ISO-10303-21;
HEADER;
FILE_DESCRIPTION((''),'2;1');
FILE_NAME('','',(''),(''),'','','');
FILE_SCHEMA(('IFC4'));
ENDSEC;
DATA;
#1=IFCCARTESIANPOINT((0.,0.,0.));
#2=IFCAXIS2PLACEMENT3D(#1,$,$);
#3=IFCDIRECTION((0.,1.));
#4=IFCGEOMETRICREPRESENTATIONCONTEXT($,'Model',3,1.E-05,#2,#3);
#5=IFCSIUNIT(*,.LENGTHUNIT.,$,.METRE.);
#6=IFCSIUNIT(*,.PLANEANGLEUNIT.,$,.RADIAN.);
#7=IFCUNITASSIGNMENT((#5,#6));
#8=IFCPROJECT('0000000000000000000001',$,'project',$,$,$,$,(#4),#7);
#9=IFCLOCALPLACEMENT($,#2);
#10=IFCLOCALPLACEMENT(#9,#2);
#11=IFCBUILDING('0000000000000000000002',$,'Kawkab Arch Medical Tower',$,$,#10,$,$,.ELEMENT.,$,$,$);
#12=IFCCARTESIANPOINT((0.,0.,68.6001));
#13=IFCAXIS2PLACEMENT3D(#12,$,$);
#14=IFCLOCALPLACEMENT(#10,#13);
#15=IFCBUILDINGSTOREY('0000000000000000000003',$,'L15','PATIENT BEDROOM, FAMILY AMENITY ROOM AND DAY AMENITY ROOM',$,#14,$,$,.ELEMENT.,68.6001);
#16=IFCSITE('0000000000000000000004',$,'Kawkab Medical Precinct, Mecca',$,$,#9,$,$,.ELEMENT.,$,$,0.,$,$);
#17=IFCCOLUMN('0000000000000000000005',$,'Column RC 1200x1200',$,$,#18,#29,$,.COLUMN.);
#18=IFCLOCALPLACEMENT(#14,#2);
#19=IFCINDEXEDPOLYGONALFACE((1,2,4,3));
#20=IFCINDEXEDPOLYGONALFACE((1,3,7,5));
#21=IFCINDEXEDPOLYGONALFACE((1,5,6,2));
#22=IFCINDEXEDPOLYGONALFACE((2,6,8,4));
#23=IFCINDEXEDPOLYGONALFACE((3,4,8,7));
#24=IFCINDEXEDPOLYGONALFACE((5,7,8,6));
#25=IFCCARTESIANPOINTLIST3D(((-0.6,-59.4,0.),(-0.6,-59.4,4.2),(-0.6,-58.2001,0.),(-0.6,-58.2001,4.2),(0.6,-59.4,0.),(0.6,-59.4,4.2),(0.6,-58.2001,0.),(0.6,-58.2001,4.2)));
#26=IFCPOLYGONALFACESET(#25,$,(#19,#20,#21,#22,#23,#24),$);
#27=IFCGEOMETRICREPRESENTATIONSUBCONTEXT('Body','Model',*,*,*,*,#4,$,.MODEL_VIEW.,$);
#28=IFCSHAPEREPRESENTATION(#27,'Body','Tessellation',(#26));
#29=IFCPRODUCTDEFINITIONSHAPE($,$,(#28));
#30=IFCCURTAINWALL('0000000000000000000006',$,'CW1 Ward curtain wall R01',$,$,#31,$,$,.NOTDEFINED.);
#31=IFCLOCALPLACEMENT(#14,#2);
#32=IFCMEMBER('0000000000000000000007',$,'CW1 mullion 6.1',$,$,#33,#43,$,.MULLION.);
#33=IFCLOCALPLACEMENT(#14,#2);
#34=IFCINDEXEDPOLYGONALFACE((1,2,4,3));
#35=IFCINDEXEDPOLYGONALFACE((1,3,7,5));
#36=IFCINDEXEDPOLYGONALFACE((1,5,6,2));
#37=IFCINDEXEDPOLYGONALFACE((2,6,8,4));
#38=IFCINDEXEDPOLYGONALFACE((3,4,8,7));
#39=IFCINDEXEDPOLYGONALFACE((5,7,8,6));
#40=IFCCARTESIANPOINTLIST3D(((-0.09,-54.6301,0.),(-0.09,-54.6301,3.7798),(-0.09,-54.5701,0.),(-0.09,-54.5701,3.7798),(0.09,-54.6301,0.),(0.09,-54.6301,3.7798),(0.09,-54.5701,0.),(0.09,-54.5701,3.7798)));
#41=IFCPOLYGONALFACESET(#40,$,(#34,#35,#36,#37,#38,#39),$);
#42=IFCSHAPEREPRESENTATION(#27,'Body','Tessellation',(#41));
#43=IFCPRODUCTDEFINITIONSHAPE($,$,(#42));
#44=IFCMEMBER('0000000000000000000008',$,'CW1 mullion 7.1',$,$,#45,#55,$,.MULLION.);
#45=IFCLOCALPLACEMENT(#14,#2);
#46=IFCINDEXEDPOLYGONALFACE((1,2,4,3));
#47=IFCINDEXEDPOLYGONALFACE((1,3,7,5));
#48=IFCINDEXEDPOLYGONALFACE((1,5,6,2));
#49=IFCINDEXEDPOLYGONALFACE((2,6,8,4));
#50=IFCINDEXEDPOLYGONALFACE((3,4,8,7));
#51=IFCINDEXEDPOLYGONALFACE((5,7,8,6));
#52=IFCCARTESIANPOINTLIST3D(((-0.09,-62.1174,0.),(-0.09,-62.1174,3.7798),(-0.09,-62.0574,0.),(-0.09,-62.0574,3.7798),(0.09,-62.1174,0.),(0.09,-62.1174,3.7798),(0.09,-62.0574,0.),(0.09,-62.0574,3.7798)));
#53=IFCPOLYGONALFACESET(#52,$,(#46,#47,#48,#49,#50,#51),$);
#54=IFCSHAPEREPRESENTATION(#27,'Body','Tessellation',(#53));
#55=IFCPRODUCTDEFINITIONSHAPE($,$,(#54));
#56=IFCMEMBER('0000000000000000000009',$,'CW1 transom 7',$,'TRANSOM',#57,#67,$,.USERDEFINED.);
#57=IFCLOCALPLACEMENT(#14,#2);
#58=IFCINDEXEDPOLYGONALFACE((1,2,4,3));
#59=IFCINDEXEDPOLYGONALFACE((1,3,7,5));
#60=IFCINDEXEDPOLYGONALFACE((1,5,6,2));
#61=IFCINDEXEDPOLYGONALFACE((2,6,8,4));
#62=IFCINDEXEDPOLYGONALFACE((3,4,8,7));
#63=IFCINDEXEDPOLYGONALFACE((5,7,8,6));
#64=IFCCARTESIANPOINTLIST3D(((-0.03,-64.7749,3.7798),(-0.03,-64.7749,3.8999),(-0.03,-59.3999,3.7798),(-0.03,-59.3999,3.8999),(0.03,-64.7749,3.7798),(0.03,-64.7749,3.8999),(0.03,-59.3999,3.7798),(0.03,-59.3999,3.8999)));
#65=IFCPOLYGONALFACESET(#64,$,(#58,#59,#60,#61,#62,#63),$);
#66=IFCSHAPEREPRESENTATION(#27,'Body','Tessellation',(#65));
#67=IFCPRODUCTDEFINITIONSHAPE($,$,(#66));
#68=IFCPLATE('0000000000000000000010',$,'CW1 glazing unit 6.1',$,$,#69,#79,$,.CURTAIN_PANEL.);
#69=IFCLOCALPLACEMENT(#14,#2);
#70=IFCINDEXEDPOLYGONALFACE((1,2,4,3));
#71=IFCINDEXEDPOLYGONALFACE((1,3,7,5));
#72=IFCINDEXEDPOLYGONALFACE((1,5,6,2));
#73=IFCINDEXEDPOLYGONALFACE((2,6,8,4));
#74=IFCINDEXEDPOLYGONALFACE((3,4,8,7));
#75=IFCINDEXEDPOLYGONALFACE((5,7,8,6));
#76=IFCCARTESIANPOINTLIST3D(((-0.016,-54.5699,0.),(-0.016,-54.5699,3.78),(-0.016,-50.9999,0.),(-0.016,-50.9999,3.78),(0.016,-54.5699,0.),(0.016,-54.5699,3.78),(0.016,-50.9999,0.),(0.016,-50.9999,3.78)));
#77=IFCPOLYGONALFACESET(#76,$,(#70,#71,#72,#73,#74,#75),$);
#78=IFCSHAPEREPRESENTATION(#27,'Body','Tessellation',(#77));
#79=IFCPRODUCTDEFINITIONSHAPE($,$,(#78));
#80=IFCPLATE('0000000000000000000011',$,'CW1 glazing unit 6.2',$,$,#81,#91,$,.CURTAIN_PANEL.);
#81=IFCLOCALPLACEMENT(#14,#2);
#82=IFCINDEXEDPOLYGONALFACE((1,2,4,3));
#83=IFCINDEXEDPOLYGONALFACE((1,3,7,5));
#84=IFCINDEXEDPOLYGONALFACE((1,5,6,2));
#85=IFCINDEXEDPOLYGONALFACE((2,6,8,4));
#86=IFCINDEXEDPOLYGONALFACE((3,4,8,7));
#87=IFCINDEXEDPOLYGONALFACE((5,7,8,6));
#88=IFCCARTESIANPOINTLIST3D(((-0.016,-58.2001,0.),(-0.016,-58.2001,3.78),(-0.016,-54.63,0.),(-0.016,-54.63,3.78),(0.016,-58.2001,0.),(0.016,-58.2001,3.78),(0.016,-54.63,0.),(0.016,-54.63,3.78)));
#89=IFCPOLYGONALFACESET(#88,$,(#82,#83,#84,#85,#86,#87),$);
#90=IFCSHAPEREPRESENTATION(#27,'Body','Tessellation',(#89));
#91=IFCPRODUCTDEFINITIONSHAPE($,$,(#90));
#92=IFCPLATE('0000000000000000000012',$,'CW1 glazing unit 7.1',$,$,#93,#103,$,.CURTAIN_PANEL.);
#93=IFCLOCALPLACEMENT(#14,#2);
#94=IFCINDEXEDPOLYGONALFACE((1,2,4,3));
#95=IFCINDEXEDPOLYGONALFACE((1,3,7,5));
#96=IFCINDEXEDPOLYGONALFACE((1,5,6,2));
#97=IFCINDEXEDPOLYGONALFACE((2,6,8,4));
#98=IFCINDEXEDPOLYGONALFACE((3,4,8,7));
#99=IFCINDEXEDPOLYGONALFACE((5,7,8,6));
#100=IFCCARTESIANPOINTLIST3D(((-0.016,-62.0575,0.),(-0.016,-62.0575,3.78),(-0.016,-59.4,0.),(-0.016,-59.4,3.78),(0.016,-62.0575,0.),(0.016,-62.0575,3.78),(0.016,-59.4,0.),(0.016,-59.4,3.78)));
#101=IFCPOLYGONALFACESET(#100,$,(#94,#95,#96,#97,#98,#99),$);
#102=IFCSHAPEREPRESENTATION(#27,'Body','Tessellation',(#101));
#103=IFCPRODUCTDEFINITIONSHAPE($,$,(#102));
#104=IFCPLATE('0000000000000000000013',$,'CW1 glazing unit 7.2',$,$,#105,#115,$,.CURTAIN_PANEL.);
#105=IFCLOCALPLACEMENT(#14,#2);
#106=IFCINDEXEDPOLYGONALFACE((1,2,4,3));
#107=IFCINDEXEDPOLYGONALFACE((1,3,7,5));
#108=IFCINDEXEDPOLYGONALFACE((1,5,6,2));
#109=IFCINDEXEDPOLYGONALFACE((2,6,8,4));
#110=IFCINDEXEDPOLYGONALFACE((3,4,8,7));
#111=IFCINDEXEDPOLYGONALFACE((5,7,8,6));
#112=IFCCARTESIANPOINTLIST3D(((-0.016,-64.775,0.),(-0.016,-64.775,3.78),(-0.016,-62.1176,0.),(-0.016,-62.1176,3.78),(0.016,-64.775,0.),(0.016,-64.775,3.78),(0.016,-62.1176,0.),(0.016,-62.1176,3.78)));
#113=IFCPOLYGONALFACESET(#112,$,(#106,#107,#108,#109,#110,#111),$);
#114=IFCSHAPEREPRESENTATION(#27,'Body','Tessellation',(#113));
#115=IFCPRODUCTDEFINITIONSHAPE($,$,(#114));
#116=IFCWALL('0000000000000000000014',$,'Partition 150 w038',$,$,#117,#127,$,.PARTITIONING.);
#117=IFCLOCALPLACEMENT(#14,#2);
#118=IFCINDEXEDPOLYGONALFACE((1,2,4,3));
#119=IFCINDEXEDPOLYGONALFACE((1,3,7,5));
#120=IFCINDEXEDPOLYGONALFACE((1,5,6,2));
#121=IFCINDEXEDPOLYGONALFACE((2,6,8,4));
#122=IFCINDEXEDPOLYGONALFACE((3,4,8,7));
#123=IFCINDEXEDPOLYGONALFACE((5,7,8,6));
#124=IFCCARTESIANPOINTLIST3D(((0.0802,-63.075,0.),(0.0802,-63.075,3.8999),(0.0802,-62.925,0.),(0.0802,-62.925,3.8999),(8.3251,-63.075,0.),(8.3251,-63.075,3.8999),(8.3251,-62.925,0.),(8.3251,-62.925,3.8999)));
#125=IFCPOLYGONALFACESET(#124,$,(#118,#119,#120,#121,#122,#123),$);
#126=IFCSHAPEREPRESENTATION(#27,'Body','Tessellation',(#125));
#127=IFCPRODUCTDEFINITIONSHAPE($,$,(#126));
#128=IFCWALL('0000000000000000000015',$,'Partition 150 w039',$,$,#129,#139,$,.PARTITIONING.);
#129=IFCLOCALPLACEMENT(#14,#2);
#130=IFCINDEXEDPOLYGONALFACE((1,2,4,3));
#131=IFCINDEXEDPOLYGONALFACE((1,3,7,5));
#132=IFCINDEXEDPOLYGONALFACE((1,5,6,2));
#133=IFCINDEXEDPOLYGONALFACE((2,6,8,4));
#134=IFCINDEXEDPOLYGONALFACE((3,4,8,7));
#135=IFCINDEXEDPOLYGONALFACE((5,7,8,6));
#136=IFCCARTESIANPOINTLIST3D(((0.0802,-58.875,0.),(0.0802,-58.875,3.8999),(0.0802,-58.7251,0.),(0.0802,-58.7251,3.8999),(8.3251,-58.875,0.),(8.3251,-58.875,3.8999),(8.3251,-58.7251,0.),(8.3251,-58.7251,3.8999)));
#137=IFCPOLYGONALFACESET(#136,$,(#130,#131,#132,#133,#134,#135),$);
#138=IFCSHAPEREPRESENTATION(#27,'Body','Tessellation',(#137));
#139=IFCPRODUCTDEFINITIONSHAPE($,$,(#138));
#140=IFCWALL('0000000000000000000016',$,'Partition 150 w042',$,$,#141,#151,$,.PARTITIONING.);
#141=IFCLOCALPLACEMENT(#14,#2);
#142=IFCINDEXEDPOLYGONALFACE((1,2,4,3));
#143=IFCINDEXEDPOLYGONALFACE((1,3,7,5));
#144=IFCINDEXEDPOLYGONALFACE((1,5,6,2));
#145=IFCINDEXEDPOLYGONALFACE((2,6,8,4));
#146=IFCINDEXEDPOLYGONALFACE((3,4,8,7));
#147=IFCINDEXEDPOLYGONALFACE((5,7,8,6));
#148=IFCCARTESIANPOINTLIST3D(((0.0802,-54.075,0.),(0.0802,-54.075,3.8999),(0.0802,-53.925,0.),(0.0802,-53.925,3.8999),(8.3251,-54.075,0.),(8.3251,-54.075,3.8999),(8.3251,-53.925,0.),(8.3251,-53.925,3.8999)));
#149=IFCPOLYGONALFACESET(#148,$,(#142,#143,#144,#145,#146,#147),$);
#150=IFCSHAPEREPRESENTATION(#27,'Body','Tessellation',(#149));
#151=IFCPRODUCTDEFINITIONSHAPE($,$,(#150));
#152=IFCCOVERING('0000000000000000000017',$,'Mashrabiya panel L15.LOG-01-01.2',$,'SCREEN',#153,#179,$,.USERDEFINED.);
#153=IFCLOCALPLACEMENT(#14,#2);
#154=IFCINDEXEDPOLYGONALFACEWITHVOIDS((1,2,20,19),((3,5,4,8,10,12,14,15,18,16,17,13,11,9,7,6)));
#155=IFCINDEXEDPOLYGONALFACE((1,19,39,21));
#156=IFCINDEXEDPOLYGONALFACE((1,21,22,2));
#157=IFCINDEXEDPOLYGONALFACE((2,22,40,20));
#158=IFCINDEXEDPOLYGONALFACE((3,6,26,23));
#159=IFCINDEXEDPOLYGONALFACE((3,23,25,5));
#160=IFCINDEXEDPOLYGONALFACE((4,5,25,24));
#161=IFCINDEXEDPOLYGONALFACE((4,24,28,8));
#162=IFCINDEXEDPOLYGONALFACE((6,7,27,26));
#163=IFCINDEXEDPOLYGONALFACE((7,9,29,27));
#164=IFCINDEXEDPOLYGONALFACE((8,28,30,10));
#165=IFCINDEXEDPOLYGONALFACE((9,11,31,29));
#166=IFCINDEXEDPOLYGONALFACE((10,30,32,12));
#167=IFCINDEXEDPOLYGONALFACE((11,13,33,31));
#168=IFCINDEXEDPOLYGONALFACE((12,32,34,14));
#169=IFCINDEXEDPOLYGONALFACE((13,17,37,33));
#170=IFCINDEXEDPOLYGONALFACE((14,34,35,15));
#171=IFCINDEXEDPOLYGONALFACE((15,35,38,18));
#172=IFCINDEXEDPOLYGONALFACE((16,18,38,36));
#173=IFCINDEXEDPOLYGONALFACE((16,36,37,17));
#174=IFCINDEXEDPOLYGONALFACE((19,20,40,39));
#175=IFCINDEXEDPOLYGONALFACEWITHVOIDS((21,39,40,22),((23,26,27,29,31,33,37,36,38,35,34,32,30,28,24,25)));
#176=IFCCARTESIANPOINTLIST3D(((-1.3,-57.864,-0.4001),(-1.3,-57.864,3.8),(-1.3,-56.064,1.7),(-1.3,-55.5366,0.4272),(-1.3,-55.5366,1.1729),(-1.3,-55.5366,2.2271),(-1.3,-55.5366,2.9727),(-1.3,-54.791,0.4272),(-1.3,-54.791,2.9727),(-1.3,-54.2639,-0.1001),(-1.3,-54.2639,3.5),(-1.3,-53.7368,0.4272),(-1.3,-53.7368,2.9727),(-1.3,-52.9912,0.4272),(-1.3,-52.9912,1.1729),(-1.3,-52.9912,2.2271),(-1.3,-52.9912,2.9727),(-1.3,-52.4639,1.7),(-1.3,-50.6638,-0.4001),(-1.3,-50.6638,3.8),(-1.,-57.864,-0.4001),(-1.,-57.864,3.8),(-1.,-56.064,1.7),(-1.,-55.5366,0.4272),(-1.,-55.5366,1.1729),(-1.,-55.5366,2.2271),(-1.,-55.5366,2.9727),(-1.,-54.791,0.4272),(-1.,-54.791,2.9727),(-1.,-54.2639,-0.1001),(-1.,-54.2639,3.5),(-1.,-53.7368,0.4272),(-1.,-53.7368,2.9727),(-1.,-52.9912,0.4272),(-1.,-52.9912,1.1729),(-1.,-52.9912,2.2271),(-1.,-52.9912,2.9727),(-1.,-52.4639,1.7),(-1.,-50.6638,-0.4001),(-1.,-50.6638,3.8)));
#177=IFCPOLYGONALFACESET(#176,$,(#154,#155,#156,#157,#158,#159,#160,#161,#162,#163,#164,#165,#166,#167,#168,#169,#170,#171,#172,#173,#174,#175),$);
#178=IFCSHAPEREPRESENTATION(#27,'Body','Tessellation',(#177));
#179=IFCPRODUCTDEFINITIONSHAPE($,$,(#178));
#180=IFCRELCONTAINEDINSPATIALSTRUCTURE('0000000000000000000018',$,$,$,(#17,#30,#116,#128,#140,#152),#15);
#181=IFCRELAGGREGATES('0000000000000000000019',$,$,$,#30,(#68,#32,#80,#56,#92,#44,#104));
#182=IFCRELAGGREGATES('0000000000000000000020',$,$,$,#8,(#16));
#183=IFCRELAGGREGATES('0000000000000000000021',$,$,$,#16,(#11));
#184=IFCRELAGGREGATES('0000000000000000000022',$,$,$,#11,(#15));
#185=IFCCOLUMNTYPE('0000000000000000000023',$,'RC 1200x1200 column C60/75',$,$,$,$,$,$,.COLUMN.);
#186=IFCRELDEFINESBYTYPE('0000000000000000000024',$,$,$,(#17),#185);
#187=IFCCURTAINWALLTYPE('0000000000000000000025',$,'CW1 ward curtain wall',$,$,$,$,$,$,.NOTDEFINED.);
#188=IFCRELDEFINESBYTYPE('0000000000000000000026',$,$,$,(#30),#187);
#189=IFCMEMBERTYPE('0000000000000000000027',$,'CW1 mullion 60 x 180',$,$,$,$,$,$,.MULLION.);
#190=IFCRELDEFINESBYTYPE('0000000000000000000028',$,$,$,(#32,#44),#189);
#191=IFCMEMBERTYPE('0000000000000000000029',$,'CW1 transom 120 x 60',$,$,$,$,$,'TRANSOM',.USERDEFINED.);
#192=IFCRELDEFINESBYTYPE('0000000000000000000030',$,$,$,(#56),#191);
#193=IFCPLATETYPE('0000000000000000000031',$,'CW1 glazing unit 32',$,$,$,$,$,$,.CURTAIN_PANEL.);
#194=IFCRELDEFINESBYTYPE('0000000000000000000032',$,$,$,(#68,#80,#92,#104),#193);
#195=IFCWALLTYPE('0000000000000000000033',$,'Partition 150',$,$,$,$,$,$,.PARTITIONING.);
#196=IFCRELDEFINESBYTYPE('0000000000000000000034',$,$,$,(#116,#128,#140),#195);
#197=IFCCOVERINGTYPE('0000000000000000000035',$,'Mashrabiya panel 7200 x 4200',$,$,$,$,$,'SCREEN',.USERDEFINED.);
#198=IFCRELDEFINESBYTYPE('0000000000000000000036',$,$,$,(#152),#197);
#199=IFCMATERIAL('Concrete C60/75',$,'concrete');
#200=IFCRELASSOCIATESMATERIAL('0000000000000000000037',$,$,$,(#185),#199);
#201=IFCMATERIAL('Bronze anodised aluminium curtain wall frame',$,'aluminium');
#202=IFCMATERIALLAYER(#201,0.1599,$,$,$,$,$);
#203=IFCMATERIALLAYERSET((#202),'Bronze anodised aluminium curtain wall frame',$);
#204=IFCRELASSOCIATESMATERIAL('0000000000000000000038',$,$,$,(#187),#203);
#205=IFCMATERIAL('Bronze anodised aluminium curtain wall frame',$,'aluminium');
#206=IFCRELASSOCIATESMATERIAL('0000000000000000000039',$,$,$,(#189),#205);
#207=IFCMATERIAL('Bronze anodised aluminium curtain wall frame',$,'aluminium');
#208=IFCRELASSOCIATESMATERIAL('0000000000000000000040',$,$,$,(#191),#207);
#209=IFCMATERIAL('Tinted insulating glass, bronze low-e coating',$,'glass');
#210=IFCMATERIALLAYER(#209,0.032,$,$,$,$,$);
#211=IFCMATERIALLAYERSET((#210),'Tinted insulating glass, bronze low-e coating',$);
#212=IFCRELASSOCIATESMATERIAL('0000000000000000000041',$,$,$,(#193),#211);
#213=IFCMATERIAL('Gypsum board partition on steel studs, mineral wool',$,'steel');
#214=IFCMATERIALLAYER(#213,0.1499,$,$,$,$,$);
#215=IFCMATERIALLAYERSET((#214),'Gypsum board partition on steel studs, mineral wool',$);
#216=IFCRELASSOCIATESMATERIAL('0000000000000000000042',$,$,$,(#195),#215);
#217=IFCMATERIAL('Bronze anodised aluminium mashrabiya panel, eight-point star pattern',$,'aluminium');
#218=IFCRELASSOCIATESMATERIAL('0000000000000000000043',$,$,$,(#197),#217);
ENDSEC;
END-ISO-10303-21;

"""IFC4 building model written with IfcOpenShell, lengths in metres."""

from ifc_helpers import new_model, si_unit, direction, frame, frame_2d, origin, origin_2d, place, context, subcontext, project, spatial, polyline, rectangle, outline, extrude, material, layer, layer_set, material_profile, profile_set, type_object, element, aggregate, save


model = new_model("IFC4")

# Units and contexts
model_context = context("Model", 3, precision=1e-05, world=origin(), true_north=direction((0.0, 1.0)))
body_context = subcontext(model_context, "Body", "Model", "MODEL_VIEW")
ifc_project = project(units=[si_unit("LENGTHUNIT", "METRE"), si_unit("PLANEANGLEUNIT", "RADIAN")], contexts=[model_context])

# Site, building, storey
site_placement = place(None, origin())
site = spatial("IfcSite", under=ifc_project, at=site_placement, Name="Kawkab Medical Precinct, Mecca", CompositionType="ELEMENT", RefElevation=0.0)
building_placement = place(site_placement, origin())
building = spatial("IfcBuilding", under=site, at=building_placement, Name="Kawkab Arch Medical Tower", CompositionType="ELEMENT")
storey_placement = place(building_placement, frame((0.0, 0.0, 68.6001)))
storey = spatial("IfcBuildingStorey", under=building, at=storey_placement, Name="L15", Description="PATIENT BEDROOM, FAMILY AMENITY ROOM AND DAY AMENITY ROOM", CompositionType="ELEMENT", Elevation=68.6001)

# Column
ifc_material_1 = material(Name="Concrete C60/75", Category="concrete")
ifc_material_profile_1 = material_profile(ifc_material_1, rectangle(XDim=1.2, YDim=1.2, at=origin_2d()), Name="RC 1200x1200")
ifc_profile_set_1 = profile_set([ifc_material_profile_1], Name="Concrete C60/75")
column_type = type_object("IfcColumnType", Name="RC 1200x1200 column C60/75", PredefinedType="COLUMN", material=ifc_profile_set_1)
column_placement = place(storey_placement, frame((0.0, -58.8, 0.0), z_axis=(0.0, 0.0, 1.0), x_axis=(1.0, 0.0, 0.0)))
element("IfcColumn", 1, at=column_placement, inside=storey, type_object=column_type, Name="Column RC 1200x1200", PredefinedType="COLUMN", context=body_context, shape_type="SweptSolid", body=[
    extrude(rectangle(XDim=1.2, YDim=1.2, at=origin_2d()), origin(), (0.0, 0.0, 1.0), 4.2),
])

# Curtain wall, members, plates
ifc_material_2 = material(Name="Bronze anodised aluminium curtain wall frame", Category="aluminium")
ifc_layer_1 = layer(ifc_material_2, 0.1599)
ifc_layer_set_1 = layer_set([ifc_layer_1], Name="Bronze anodised aluminium curtain wall frame")
curtain_wall_type = type_object("IfcCurtainWallType", Name="CW1 ward curtain wall", PredefinedType="NOTDEFINED", material=ifc_layer_set_1)
curtain_wall_placement = place(storey_placement, origin())
curtain_wall = element("IfcCurtainWall", 2, at=curtain_wall_placement, inside=storey, type_object=curtain_wall_type, Name="CW1 Ward curtain wall R01", PredefinedType="NOTDEFINED")
ifc_material_3 = material(Name="Bronze anodised aluminium curtain wall frame", Category="aluminium")
ifc_material_profile_2 = material_profile(ifc_material_3, rectangle(XDim=0.1799, YDim=0.0601, at=origin_2d()), Name="AL 60x180")
ifc_profile_set_2 = profile_set([ifc_material_profile_2], Name="Bronze anodised aluminium curtain wall frame")
member_type_1 = type_object("IfcMemberType", Name="CW1 mullion 60 x 180", PredefinedType="MULLION", material=ifc_profile_set_2)
member_1_placement = place(storey_placement, frame((0.0, -54.6001, 0.0), z_axis=(0.0, 0.0, 1.0), x_axis=(1.0, 0.0, 0.0)))
member_1 = element("IfcMember", 3, at=member_1_placement, type_object=member_type_1, Name="CW1 mullion 6.1", PredefinedType="MULLION", context=body_context, shape_type="SweptSolid", body=[
    extrude(rectangle(XDim=0.1799, YDim=0.0601, at=origin_2d()), origin(), (0.0, 0.0, 1.0), 3.7798),
])
member_2_placement = place(storey_placement, frame((0.0, -62.0874, 0.0), z_axis=(0.0, 0.0, 1.0), x_axis=(1.0, 0.0, 0.0)))
member_2 = element("IfcMember", 4, at=member_2_placement, type_object=member_type_1, Name="CW1 mullion 7.1", PredefinedType="MULLION", context=body_context, shape_type="SweptSolid", body=[
    extrude(rectangle(XDim=0.1799, YDim=0.0601, at=origin_2d()), origin(), (0.0, 0.0, 1.0), 3.7798),
])
ifc_material_4 = material(Name="Bronze anodised aluminium curtain wall frame", Category="aluminium")
ifc_material_profile_3 = material_profile(ifc_material_4, rectangle(XDim=0.0601, YDim=0.1201, at=origin_2d()), Name="AL 60x120")
ifc_profile_set_3 = profile_set([ifc_material_profile_3], Name="Bronze anodised aluminium curtain wall frame")
member_type_2 = type_object("IfcMemberType", Name="CW1 transom 120 x 60", ElementType="TRANSOM", PredefinedType="USERDEFINED", material=ifc_profile_set_3)
member_3_placement = place(storey_placement, frame((0.0, -59.3999, 3.8398), z_axis=(0.0, -1.0, 0.0), x_axis=(1.0, 0.0, 0.0)))
member_3 = element("IfcMember", 5, at=member_3_placement, type_object=member_type_2, Name="CW1 transom 7", ObjectType="TRANSOM", PredefinedType="USERDEFINED", context=body_context, shape_type="SweptSolid", body=[
    extrude(rectangle(XDim=0.0601, YDim=0.1201, at=origin_2d()), origin(), (0.0, 0.0, 1.0), 5.375),
])
ifc_material_5 = material(Name="Tinted insulating glass, bronze low-e coating", Category="glass")
ifc_layer_2 = layer(ifc_material_5, 0.032)
ifc_layer_set_2 = layer_set([ifc_layer_2], Name="Tinted insulating glass, bronze low-e coating")
plate_type = type_object("IfcPlateType", Name="CW1 glazing unit 32", PredefinedType="CURTAIN_PANEL", material=ifc_layer_set_2)
plate_1_placement = place(storey_placement, frame((0.0, -52.7849, 0.0), z_axis=(0.0, 0.0, 1.0), x_axis=(0.0, -1.0, 0.0)))
plate_1 = element("IfcPlate", 6, at=plate_1_placement, type_object=plate_type, Name="CW1 glazing unit 6.1", PredefinedType="CURTAIN_PANEL", context=body_context, shape_type="SweptSolid", body=[
    extrude(rectangle(XDim=3.5701, YDim=0.032, at=origin_2d()), origin(), (0.0, 0.0, 1.0), 3.78),
])
plate_2_placement = place(storey_placement, frame((0.0, -56.415, 0.0), z_axis=(0.0, 0.0, 1.0), x_axis=(0.0, -1.0, 0.0)))
plate_2 = element("IfcPlate", 7, at=plate_2_placement, type_object=plate_type, Name="CW1 glazing unit 6.2", PredefinedType="CURTAIN_PANEL", context=body_context, shape_type="SweptSolid", body=[
    extrude(rectangle(XDim=3.5701, YDim=0.032, at=origin_2d()), origin(), (0.0, 0.0, 1.0), 3.78),
])
plate_3_placement = place(storey_placement, frame((0.0, -60.7288, 0.0), z_axis=(0.0, 0.0, 1.0), x_axis=(0.0, -1.0, 0.0)))
plate_3 = element("IfcPlate", 8, at=plate_3_placement, type_object=plate_type, Name="CW1 glazing unit 7.1", PredefinedType="CURTAIN_PANEL", context=body_context, shape_type="SweptSolid", body=[
    extrude(rectangle(XDim=2.6575, YDim=0.032, at=origin_2d()), origin(), (0.0, 0.0, 1.0), 3.78),
])
plate_4_placement = place(storey_placement, frame((0.0, -63.4463, 0.0), z_axis=(0.0, 0.0, 1.0), x_axis=(0.0, -1.0, 0.0)))
plate_4 = element("IfcPlate", 9, at=plate_4_placement, type_object=plate_type, Name="CW1 glazing unit 7.2", PredefinedType="CURTAIN_PANEL", context=body_context, shape_type="SweptSolid", body=[
    extrude(rectangle(XDim=2.6575, YDim=0.032, at=origin_2d()), origin(), (0.0, 0.0, 1.0), 3.78),
])
aggregate(curtain_wall, [plate_1, member_1, plate_2, member_3, plate_3, member_2, plate_4])

# Walls
ifc_material_6 = material(Name="Gypsum board partition on steel studs, mineral wool", Category="steel")
ifc_layer_3 = layer(ifc_material_6, 0.1499)
ifc_layer_set_3 = layer_set([ifc_layer_3], Name="Gypsum board partition on steel studs, mineral wool")
wall_type = type_object("IfcWallType", Name="Partition 150", PredefinedType="PARTITIONING", material=ifc_layer_set_3)
for number, where, z_axis, x_axis, name in (
    (10, (0.0801, -63.0, 0.0), (0.0, 0.0, 1.0), (1.0, 0.0, 0.0), "Partition 150 w038"),
    (11, (0.0801, -58.8, 0.0), (0.0, 0.0, 1.0), (1.0, 0.0, 0.0), "Partition 150 w039"),
    (12, (0.0801, -54.0, 0.0), (0.0, 0.0, 1.0), (1.0, 0.0, 0.0), "Partition 150 w042"),
):
    element("IfcWall", number, at=place(storey_placement, frame(where, z_axis=z_axis, x_axis=x_axis)), inside=storey, type_object=wall_type, Name=name, PredefinedType="PARTITIONING", context=body_context, shape_type="SweptSolid", body=[
        extrude(rectangle(XDim=8.2449, YDim=0.1499, at=frame_2d((4.1226, 0.0))), origin(), (0.0, 0.0, 1.0), 3.8999),
    ])

# Covering
ifc_material_7 = material(Name="Bronze anodised aluminium mashrabiya panel, eight-point star pattern", Category="aluminium")
ifc_material_profile_4 = material_profile(ifc_material_7, outline(polyline([(-3.6001, -2.1001), (3.6001, -2.1001), (3.6001, 2.1001), (-3.6001, 2.1001), (-3.6001, -2.1001)]), holes=[polyline([(1.8, 0.0), (1.2727, 0.5271), (1.2727, 1.2727), (0.5271, 1.2727), (0.0, 1.8), (-0.5271, 1.2727), (-1.2727, 1.2727), (-1.2727, 0.5271), (-1.8, 0.0), (-1.2727, -0.5271), (-1.2727, -1.2727), (-0.5271, -1.2727), (0.0, -1.8), (0.5271, -1.2727), (1.2727, -1.2727), (1.2727, -0.5271), (1.8, 0.0)])]), Name="Mashrabiya panel 7200x4200")
ifc_profile_set_4 = profile_set([ifc_material_profile_4], Name="Bronze anodised aluminium mashrabiya panel, eight-point star pattern")
covering_type_1 = type_object("IfcCoveringType", Name="Mashrabiya panel 7200 x 4200", ElementType="SCREEN", PredefinedType="USERDEFINED", material=ifc_profile_set_4)
covering_1_placement = place(storey_placement, frame((-1.0, -54.2639, 1.7), z_axis=(-1.0, 0.0, 0.0), x_axis=(0.0, -1.0, 0.0)))
element("IfcCovering", 13, at=covering_1_placement, inside=storey, type_object=covering_type_1, Name="Mashrabiya panel L15.LOG-01-01.2", ObjectType="SCREEN", PredefinedType="USERDEFINED", context=body_context, shape_type="SweptSolid", body=[
    extrude(outline(polyline([(-3.6001, -2.1001), (3.6001, -2.1001), (3.6001, 2.1001), (-3.6001, 2.1001), (-3.6001, -2.1001)]), holes=[polyline([(1.8, 0.0), (1.2727, 0.5271), (1.2727, 1.2727), (0.5271, 1.2727), (0.0, 1.8), (-0.5271, 1.2727), (-1.2727, 1.2727), (-1.2727, 0.5271), (-1.8, 0.0), (-1.2727, -0.5271), (-1.2727, -1.2727), (-0.5271, -1.2727), (0.0, -1.8), (0.5271, -1.2727), (1.2727, -1.2727), (1.2727, -0.5271), (1.8, 0.0)])]), origin(), (0.0, 0.0, 1.0), 0.3),
])

save(model, "model.ifc")
